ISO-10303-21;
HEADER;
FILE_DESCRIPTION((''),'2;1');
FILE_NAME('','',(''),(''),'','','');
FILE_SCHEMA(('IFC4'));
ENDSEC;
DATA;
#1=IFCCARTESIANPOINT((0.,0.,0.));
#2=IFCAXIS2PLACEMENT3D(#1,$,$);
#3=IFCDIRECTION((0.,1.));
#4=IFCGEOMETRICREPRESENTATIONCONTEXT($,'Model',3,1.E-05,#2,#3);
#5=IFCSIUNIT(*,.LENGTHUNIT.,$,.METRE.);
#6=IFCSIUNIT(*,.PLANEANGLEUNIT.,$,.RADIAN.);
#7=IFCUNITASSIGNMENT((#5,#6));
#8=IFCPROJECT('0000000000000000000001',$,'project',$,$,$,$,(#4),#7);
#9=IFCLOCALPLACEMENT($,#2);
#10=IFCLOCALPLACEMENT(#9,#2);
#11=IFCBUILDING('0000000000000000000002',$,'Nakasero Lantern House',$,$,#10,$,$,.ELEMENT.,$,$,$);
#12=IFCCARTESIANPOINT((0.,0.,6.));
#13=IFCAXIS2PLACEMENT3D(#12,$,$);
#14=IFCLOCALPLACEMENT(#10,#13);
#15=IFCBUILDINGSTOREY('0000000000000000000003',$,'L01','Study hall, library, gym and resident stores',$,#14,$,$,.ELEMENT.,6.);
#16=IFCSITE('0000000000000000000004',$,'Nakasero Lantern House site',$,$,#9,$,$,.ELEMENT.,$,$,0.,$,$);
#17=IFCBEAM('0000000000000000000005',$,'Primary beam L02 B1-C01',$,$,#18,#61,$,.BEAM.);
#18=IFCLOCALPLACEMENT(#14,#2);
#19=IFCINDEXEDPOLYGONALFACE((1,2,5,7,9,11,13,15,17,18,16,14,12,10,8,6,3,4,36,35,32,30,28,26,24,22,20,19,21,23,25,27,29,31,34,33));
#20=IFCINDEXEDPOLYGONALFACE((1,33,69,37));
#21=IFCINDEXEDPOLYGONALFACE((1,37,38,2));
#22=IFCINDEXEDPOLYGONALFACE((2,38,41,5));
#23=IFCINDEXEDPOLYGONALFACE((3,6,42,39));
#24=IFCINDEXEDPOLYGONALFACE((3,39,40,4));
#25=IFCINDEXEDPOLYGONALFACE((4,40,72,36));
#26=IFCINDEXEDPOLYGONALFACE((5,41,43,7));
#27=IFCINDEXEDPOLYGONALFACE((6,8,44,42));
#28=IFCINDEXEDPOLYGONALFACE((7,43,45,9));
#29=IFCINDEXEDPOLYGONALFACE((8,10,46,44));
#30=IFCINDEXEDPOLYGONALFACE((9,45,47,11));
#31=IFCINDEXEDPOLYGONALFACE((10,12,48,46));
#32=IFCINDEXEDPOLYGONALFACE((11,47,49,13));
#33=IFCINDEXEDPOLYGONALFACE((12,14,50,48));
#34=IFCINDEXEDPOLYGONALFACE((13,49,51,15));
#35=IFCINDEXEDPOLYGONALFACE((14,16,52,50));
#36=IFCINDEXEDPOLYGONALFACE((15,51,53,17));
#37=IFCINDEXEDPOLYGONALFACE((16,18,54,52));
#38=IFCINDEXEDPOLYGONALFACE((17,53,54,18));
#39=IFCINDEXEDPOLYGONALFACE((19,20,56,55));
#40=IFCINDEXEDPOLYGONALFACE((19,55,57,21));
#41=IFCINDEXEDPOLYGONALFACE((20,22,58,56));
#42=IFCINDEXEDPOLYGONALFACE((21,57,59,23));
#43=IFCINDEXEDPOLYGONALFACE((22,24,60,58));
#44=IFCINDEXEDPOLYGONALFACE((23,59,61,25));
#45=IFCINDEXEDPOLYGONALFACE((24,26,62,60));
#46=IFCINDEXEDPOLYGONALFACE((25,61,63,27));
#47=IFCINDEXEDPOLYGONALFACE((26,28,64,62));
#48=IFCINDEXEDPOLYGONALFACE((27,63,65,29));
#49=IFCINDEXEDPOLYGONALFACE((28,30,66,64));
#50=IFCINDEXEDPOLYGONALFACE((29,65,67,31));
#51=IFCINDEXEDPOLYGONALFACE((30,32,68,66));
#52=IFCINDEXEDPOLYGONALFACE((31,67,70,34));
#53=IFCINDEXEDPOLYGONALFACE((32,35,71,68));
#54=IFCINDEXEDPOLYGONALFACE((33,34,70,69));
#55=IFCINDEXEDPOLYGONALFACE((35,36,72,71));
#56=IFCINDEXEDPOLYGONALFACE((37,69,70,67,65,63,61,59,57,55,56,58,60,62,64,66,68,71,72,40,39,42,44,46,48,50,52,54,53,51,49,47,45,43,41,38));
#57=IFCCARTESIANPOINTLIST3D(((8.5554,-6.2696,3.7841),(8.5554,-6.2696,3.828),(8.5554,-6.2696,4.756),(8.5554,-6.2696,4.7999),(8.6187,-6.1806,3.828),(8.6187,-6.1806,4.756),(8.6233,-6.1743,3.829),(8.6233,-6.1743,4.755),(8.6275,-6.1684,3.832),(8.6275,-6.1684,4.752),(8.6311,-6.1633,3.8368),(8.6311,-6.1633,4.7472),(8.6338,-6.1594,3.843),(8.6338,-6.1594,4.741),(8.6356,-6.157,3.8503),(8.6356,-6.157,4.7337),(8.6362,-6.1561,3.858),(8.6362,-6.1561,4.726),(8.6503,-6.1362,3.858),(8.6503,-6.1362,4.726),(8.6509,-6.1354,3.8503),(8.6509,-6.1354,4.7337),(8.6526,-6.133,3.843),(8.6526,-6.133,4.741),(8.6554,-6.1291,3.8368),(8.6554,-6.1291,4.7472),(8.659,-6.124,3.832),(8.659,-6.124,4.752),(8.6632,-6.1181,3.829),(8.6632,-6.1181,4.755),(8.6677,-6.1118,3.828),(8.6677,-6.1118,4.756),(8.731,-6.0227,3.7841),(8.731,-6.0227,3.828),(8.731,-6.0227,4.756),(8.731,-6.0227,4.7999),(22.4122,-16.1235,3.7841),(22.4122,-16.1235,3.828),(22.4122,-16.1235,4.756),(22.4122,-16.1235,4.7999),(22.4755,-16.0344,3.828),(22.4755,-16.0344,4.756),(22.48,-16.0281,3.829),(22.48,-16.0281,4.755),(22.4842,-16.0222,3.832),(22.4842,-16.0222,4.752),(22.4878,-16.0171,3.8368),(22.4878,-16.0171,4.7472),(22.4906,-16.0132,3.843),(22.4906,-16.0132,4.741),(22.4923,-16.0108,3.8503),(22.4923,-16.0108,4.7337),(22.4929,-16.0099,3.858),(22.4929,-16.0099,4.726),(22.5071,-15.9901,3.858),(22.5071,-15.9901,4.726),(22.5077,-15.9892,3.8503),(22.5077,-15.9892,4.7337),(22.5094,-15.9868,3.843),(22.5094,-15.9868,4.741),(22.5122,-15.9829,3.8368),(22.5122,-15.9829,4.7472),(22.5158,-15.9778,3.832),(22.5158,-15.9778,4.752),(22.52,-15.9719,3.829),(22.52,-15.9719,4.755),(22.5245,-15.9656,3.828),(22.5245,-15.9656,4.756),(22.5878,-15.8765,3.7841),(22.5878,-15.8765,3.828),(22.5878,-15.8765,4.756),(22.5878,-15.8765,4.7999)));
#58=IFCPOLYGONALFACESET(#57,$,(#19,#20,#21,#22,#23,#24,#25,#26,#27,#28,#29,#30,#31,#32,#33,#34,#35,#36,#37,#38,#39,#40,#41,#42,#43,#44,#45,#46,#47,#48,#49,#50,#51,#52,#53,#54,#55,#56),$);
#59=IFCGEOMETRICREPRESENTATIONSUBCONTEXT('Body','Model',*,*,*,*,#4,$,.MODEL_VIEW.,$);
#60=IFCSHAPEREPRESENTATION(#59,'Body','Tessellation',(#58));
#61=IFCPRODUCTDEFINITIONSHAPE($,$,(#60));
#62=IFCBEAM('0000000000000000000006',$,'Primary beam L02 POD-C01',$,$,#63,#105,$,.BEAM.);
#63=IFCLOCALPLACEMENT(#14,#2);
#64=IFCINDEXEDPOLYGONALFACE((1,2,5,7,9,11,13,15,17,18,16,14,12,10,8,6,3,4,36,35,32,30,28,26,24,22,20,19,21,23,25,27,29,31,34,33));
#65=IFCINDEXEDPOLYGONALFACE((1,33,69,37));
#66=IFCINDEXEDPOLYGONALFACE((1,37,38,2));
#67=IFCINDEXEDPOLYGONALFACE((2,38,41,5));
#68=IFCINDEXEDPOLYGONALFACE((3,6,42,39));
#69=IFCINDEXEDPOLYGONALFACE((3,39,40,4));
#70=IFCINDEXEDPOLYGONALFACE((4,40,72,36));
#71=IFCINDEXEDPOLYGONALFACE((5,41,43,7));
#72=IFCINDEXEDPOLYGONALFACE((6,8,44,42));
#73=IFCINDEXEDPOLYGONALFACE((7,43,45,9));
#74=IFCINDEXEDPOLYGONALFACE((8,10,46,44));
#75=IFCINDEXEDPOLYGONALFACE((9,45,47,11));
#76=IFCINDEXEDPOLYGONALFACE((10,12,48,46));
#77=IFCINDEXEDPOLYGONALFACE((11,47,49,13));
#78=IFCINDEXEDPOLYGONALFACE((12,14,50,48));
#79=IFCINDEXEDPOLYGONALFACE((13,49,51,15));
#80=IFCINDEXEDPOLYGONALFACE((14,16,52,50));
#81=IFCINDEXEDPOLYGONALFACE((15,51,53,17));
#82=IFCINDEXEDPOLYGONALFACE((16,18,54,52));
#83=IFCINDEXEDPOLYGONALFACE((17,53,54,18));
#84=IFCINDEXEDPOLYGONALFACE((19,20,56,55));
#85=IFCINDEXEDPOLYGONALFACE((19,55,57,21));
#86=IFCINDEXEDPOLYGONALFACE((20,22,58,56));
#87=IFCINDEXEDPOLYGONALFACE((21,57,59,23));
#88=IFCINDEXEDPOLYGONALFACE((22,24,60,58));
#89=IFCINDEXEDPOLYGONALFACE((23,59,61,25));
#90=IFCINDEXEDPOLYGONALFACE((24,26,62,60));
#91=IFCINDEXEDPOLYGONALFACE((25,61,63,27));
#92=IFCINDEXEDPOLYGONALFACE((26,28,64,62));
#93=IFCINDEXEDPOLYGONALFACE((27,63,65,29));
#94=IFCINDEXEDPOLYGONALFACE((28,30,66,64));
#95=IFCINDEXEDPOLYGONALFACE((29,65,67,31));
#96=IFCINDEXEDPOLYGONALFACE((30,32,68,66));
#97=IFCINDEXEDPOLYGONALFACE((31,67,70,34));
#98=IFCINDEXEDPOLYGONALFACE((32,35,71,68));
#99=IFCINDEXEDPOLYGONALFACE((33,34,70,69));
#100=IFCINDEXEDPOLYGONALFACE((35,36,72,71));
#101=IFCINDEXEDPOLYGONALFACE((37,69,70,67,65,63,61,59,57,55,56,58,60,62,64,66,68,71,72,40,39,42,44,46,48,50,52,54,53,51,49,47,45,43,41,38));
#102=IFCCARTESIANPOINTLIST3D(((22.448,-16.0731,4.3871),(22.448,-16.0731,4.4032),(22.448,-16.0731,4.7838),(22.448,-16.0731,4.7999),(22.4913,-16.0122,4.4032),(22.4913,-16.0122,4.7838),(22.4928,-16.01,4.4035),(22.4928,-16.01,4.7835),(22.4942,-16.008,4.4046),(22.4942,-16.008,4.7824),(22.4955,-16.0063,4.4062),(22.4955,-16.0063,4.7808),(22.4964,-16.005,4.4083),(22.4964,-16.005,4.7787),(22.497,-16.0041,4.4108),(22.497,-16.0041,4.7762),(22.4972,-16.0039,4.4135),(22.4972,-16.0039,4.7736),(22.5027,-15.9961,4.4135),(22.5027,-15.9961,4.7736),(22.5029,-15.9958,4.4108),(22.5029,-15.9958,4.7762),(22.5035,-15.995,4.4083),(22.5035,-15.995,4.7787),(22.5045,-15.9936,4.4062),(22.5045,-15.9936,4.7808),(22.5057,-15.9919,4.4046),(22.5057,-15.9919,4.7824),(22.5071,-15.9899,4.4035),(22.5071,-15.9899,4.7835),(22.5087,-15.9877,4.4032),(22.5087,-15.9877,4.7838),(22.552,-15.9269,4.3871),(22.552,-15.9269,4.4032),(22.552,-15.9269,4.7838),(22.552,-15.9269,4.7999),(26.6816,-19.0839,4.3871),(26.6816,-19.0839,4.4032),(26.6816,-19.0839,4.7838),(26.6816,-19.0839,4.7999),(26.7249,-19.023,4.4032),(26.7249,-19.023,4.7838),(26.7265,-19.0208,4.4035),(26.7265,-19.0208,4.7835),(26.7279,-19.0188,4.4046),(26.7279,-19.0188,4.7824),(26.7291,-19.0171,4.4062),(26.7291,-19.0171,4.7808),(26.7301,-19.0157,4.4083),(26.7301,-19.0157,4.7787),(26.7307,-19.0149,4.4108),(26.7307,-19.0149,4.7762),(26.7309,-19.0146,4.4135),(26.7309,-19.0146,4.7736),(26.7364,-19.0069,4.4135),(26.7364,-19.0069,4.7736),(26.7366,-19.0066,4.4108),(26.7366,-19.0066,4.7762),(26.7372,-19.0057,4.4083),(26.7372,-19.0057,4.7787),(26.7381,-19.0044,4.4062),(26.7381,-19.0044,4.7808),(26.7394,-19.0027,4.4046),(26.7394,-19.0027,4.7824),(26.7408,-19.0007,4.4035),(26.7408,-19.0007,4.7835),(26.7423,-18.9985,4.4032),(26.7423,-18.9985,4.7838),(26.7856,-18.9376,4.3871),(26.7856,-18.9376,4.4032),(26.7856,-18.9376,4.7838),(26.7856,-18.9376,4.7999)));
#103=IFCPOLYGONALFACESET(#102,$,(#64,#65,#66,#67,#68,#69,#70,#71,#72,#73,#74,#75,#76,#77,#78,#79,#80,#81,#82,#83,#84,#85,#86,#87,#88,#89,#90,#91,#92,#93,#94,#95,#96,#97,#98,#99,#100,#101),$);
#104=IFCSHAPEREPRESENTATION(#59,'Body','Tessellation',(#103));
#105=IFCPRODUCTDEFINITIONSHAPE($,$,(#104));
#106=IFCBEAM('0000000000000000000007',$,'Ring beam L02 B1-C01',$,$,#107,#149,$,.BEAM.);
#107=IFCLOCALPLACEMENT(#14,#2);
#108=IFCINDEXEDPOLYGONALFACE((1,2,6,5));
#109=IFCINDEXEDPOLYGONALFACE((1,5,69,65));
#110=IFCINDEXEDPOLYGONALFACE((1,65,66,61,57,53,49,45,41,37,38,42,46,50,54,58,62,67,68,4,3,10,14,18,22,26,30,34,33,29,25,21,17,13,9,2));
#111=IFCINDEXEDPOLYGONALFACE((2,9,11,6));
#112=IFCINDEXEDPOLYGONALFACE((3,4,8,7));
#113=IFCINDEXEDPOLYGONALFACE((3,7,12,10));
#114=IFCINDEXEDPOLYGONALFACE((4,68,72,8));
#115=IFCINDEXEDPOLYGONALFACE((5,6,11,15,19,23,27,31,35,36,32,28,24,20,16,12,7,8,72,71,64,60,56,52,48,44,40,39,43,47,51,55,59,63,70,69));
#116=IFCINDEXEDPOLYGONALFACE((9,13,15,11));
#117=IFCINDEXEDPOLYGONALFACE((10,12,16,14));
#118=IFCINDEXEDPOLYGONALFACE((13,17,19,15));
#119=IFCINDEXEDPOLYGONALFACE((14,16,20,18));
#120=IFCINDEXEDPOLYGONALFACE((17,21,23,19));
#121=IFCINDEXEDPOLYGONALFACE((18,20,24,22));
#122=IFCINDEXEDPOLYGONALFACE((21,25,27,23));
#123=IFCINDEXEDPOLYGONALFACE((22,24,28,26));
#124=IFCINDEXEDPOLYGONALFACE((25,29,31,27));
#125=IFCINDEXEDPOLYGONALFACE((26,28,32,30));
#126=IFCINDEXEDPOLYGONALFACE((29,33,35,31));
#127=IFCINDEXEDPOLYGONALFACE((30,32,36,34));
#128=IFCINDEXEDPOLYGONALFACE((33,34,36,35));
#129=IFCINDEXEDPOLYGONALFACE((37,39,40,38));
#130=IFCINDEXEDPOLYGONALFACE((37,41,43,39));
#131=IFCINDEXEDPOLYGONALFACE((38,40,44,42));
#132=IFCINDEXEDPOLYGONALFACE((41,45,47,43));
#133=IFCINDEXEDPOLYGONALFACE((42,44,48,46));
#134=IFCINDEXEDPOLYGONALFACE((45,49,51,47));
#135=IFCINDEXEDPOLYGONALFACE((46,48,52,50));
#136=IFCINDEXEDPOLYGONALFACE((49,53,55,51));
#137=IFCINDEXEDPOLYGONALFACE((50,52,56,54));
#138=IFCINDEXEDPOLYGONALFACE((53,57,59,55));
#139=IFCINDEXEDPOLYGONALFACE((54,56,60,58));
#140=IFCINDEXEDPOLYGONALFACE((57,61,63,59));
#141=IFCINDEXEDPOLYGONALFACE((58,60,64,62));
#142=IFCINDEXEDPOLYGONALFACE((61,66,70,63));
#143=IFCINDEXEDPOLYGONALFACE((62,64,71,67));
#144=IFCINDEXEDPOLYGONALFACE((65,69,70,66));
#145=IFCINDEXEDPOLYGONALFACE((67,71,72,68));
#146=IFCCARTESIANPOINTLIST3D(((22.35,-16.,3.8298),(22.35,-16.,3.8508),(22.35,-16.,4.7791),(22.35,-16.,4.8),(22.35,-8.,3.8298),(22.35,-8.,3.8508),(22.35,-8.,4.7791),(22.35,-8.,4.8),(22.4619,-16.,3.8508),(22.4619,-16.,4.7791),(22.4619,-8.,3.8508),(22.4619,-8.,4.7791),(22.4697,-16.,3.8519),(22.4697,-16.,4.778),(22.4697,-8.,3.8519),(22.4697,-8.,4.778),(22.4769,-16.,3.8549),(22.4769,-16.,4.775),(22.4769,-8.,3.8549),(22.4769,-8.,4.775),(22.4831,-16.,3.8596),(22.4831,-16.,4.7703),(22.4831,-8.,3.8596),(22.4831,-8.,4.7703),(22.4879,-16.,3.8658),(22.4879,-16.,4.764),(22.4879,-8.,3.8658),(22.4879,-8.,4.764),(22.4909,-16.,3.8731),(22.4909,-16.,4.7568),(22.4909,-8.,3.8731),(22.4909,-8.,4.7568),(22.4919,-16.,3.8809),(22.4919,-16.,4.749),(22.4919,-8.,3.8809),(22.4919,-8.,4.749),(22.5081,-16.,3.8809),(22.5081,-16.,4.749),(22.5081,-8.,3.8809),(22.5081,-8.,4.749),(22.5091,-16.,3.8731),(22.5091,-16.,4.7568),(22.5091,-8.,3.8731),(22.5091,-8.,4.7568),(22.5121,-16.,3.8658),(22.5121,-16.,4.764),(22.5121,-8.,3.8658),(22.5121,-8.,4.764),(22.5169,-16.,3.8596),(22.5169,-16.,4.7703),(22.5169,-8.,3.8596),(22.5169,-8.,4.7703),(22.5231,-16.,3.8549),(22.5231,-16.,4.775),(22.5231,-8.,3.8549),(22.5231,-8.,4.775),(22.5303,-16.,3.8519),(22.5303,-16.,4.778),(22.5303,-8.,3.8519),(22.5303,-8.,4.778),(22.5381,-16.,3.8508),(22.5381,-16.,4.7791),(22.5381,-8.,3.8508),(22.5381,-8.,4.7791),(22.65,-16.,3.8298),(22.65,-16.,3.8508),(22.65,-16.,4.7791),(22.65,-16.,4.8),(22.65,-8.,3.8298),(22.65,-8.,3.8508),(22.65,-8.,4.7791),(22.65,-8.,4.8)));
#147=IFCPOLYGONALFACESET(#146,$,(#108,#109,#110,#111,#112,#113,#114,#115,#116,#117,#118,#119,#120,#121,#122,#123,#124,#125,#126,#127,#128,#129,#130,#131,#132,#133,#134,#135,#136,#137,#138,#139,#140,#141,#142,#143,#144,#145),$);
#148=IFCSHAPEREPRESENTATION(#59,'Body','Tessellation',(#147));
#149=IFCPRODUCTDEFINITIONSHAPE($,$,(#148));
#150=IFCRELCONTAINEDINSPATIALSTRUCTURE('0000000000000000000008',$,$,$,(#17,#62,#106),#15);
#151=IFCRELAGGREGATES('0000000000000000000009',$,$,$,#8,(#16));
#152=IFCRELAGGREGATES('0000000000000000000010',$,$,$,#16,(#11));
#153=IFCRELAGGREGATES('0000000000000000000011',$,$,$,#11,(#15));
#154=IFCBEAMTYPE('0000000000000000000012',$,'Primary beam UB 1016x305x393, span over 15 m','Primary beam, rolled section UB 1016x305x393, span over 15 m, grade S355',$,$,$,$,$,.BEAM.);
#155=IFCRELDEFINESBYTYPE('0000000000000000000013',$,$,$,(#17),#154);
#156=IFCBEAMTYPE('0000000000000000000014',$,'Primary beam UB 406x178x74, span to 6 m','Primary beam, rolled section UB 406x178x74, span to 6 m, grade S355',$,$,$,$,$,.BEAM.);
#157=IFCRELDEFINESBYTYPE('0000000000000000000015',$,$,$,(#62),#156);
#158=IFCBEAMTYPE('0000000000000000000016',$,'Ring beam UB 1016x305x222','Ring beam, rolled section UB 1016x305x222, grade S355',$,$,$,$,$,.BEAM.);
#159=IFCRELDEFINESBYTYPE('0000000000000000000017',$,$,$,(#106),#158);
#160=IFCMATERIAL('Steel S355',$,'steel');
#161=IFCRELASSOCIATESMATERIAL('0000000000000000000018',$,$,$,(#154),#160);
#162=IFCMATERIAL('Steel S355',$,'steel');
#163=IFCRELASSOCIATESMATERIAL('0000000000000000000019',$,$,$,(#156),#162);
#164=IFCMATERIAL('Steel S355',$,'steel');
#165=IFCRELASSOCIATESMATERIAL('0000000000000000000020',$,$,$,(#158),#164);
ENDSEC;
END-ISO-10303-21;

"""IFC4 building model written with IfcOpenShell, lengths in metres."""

from ifc_helpers import new_model, si_unit, direction, frame, origin, origin_2d, place, context, subcontext, project, spatial, i_section, extrude, material, material_profile, profile_set, type_object, element, save


model = new_model("IFC4")

# Units and contexts
model_context = context("Model", 3, precision=1e-05, world=origin(), true_north=direction((0.0, 1.0)))
body_context = subcontext(model_context, "Body", "Model", "MODEL_VIEW")
ifc_project = project(units=[si_unit("LENGTHUNIT", "METRE"), si_unit("PLANEANGLEUNIT", "RADIAN")], contexts=[model_context])

# Site, building, storey
site_placement = place(None, origin())
site = spatial("IfcSite", under=ifc_project, at=site_placement, Name="Nakasero Lantern House site", CompositionType="ELEMENT", RefElevation=0.0)
building_placement = place(site_placement, origin())
building = spatial("IfcBuilding", under=site, at=building_placement, Name="Nakasero Lantern House", CompositionType="ELEMENT")
storey_placement = place(building_placement, frame((0.0, 0.0, 6.0)))
storey = spatial("IfcBuildingStorey", under=building, at=storey_placement, Name="L01", Description="Study hall, library, gym and resident stores", CompositionType="ELEMENT", Elevation=6.0)

# Beams
ifc_material_1 = material(Name="Steel S355", Category="steel")
ifc_material_profile_1 = material_profile(ifc_material_1, i_section(OverallWidth=0.303, OverallDepth=1.0159, WebThickness=0.0244, FlangeThickness=0.0439, FilletRadius=0.03, at=origin_2d()), Name="UB 1016x305x393")
ifc_profile_set_1 = profile_set([ifc_material_profile_1], Name="Steel S355")
beam_type_1 = type_object("IfcBeamType", Name="Primary beam UB 1016x305x393, span over 15 m", Description="Primary beam, rolled section UB 1016x305x393, span over 15 m, grade S355", PredefinedType="BEAM", material=ifc_profile_set_1)
beam_1_placement = place(storey_placement, frame((22.5, -16.0, 4.292), z_axis=(-0.814952, 0.579528, 0.0), x_axis=(-0.579528, -0.814952, 0.0)))
element("IfcBeam", 1, at=beam_1_placement, inside=storey, type_object=beam_type_1, Name="Primary beam L02 B1-C01", PredefinedType="BEAM", context=body_context, shape_type="SweptSolid", body=[
    extrude(i_section(OverallWidth=0.303, OverallDepth=1.0159, WebThickness=0.0244, FlangeThickness=0.0439, FilletRadius=0.03, at=origin_2d()), origin(), (0.0, 0.0, 1.0), 17.0032),
])
ifc_material_2 = material(Name="Steel S355", Category="steel")
ifc_material_profile_2 = material_profile(ifc_material_2, i_section(OverallWidth=0.1794, OverallDepth=0.4128, WebThickness=0.0095, FlangeThickness=0.0161, FilletRadius=0.0103, at=origin_2d()), Name="UB 406x178x74")
ifc_profile_set_2 = profile_set([ifc_material_profile_2], Name="Steel S355")
beam_type_2 = type_object("IfcBeamType", Name="Primary beam UB 406x178x74, span to 6 m", Description="Primary beam, rolled section UB 406x178x74, span to 6 m, grade S355", PredefinedType="BEAM", material=ifc_profile_set_2)
beam_2_placement = place(storey_placement, frame((26.7336, -19.0107, 4.5935), z_axis=(-0.814942, 0.579543, 0.0), x_axis=(-0.579543, -0.814942, 0.0)))
element("IfcBeam", 2, at=beam_2_placement, inside=storey, type_object=beam_type_2, Name="Primary beam L02 POD-C01", PredefinedType="BEAM", context=body_context, shape_type="SweptSolid", body=[
    extrude(i_section(OverallWidth=0.1794, OverallDepth=0.4128, WebThickness=0.0095, FlangeThickness=0.0161, FilletRadius=0.0103, at=origin_2d()), origin(), (0.0, 0.0, 1.0), 5.1951),
])
ifc_material_3 = material(Name="Steel S355", Category="steel")
ifc_material_profile_3 = material_profile(ifc_material_3, i_section(OverallWidth=0.3, OverallDepth=0.9702, WebThickness=0.0161, FlangeThickness=0.021, FilletRadius=0.03, at=origin_2d()), Name="UB 1016x305x222")
ifc_profile_set_3 = profile_set([ifc_material_profile_3], Name="Steel S355")
beam_type_3 = type_object("IfcBeamType", Name="Ring beam UB 1016x305x222", Description="Ring beam, rolled section UB 1016x305x222, grade S355", PredefinedType="BEAM", material=ifc_profile_set_3)
beam_3_placement = place(storey_placement, frame((22.5, -16.0, 4.3149), z_axis=(0.0, 1.0, 0.0), x_axis=(-1.0, 0.0, 0.0)))
element("IfcBeam", 3, at=beam_3_placement, inside=storey, type_object=beam_type_3, Name="Ring beam L02 B1-C01", PredefinedType="BEAM", context=body_context, shape_type="SweptSolid", body=[
    extrude(i_section(OverallWidth=0.3, OverallDepth=0.9702, WebThickness=0.0161, FlangeThickness=0.021, FilletRadius=0.03, at=origin_2d()), origin(), (0.0, 0.0, 1.0), 8.0),
])

save(model, "model.ifc")
